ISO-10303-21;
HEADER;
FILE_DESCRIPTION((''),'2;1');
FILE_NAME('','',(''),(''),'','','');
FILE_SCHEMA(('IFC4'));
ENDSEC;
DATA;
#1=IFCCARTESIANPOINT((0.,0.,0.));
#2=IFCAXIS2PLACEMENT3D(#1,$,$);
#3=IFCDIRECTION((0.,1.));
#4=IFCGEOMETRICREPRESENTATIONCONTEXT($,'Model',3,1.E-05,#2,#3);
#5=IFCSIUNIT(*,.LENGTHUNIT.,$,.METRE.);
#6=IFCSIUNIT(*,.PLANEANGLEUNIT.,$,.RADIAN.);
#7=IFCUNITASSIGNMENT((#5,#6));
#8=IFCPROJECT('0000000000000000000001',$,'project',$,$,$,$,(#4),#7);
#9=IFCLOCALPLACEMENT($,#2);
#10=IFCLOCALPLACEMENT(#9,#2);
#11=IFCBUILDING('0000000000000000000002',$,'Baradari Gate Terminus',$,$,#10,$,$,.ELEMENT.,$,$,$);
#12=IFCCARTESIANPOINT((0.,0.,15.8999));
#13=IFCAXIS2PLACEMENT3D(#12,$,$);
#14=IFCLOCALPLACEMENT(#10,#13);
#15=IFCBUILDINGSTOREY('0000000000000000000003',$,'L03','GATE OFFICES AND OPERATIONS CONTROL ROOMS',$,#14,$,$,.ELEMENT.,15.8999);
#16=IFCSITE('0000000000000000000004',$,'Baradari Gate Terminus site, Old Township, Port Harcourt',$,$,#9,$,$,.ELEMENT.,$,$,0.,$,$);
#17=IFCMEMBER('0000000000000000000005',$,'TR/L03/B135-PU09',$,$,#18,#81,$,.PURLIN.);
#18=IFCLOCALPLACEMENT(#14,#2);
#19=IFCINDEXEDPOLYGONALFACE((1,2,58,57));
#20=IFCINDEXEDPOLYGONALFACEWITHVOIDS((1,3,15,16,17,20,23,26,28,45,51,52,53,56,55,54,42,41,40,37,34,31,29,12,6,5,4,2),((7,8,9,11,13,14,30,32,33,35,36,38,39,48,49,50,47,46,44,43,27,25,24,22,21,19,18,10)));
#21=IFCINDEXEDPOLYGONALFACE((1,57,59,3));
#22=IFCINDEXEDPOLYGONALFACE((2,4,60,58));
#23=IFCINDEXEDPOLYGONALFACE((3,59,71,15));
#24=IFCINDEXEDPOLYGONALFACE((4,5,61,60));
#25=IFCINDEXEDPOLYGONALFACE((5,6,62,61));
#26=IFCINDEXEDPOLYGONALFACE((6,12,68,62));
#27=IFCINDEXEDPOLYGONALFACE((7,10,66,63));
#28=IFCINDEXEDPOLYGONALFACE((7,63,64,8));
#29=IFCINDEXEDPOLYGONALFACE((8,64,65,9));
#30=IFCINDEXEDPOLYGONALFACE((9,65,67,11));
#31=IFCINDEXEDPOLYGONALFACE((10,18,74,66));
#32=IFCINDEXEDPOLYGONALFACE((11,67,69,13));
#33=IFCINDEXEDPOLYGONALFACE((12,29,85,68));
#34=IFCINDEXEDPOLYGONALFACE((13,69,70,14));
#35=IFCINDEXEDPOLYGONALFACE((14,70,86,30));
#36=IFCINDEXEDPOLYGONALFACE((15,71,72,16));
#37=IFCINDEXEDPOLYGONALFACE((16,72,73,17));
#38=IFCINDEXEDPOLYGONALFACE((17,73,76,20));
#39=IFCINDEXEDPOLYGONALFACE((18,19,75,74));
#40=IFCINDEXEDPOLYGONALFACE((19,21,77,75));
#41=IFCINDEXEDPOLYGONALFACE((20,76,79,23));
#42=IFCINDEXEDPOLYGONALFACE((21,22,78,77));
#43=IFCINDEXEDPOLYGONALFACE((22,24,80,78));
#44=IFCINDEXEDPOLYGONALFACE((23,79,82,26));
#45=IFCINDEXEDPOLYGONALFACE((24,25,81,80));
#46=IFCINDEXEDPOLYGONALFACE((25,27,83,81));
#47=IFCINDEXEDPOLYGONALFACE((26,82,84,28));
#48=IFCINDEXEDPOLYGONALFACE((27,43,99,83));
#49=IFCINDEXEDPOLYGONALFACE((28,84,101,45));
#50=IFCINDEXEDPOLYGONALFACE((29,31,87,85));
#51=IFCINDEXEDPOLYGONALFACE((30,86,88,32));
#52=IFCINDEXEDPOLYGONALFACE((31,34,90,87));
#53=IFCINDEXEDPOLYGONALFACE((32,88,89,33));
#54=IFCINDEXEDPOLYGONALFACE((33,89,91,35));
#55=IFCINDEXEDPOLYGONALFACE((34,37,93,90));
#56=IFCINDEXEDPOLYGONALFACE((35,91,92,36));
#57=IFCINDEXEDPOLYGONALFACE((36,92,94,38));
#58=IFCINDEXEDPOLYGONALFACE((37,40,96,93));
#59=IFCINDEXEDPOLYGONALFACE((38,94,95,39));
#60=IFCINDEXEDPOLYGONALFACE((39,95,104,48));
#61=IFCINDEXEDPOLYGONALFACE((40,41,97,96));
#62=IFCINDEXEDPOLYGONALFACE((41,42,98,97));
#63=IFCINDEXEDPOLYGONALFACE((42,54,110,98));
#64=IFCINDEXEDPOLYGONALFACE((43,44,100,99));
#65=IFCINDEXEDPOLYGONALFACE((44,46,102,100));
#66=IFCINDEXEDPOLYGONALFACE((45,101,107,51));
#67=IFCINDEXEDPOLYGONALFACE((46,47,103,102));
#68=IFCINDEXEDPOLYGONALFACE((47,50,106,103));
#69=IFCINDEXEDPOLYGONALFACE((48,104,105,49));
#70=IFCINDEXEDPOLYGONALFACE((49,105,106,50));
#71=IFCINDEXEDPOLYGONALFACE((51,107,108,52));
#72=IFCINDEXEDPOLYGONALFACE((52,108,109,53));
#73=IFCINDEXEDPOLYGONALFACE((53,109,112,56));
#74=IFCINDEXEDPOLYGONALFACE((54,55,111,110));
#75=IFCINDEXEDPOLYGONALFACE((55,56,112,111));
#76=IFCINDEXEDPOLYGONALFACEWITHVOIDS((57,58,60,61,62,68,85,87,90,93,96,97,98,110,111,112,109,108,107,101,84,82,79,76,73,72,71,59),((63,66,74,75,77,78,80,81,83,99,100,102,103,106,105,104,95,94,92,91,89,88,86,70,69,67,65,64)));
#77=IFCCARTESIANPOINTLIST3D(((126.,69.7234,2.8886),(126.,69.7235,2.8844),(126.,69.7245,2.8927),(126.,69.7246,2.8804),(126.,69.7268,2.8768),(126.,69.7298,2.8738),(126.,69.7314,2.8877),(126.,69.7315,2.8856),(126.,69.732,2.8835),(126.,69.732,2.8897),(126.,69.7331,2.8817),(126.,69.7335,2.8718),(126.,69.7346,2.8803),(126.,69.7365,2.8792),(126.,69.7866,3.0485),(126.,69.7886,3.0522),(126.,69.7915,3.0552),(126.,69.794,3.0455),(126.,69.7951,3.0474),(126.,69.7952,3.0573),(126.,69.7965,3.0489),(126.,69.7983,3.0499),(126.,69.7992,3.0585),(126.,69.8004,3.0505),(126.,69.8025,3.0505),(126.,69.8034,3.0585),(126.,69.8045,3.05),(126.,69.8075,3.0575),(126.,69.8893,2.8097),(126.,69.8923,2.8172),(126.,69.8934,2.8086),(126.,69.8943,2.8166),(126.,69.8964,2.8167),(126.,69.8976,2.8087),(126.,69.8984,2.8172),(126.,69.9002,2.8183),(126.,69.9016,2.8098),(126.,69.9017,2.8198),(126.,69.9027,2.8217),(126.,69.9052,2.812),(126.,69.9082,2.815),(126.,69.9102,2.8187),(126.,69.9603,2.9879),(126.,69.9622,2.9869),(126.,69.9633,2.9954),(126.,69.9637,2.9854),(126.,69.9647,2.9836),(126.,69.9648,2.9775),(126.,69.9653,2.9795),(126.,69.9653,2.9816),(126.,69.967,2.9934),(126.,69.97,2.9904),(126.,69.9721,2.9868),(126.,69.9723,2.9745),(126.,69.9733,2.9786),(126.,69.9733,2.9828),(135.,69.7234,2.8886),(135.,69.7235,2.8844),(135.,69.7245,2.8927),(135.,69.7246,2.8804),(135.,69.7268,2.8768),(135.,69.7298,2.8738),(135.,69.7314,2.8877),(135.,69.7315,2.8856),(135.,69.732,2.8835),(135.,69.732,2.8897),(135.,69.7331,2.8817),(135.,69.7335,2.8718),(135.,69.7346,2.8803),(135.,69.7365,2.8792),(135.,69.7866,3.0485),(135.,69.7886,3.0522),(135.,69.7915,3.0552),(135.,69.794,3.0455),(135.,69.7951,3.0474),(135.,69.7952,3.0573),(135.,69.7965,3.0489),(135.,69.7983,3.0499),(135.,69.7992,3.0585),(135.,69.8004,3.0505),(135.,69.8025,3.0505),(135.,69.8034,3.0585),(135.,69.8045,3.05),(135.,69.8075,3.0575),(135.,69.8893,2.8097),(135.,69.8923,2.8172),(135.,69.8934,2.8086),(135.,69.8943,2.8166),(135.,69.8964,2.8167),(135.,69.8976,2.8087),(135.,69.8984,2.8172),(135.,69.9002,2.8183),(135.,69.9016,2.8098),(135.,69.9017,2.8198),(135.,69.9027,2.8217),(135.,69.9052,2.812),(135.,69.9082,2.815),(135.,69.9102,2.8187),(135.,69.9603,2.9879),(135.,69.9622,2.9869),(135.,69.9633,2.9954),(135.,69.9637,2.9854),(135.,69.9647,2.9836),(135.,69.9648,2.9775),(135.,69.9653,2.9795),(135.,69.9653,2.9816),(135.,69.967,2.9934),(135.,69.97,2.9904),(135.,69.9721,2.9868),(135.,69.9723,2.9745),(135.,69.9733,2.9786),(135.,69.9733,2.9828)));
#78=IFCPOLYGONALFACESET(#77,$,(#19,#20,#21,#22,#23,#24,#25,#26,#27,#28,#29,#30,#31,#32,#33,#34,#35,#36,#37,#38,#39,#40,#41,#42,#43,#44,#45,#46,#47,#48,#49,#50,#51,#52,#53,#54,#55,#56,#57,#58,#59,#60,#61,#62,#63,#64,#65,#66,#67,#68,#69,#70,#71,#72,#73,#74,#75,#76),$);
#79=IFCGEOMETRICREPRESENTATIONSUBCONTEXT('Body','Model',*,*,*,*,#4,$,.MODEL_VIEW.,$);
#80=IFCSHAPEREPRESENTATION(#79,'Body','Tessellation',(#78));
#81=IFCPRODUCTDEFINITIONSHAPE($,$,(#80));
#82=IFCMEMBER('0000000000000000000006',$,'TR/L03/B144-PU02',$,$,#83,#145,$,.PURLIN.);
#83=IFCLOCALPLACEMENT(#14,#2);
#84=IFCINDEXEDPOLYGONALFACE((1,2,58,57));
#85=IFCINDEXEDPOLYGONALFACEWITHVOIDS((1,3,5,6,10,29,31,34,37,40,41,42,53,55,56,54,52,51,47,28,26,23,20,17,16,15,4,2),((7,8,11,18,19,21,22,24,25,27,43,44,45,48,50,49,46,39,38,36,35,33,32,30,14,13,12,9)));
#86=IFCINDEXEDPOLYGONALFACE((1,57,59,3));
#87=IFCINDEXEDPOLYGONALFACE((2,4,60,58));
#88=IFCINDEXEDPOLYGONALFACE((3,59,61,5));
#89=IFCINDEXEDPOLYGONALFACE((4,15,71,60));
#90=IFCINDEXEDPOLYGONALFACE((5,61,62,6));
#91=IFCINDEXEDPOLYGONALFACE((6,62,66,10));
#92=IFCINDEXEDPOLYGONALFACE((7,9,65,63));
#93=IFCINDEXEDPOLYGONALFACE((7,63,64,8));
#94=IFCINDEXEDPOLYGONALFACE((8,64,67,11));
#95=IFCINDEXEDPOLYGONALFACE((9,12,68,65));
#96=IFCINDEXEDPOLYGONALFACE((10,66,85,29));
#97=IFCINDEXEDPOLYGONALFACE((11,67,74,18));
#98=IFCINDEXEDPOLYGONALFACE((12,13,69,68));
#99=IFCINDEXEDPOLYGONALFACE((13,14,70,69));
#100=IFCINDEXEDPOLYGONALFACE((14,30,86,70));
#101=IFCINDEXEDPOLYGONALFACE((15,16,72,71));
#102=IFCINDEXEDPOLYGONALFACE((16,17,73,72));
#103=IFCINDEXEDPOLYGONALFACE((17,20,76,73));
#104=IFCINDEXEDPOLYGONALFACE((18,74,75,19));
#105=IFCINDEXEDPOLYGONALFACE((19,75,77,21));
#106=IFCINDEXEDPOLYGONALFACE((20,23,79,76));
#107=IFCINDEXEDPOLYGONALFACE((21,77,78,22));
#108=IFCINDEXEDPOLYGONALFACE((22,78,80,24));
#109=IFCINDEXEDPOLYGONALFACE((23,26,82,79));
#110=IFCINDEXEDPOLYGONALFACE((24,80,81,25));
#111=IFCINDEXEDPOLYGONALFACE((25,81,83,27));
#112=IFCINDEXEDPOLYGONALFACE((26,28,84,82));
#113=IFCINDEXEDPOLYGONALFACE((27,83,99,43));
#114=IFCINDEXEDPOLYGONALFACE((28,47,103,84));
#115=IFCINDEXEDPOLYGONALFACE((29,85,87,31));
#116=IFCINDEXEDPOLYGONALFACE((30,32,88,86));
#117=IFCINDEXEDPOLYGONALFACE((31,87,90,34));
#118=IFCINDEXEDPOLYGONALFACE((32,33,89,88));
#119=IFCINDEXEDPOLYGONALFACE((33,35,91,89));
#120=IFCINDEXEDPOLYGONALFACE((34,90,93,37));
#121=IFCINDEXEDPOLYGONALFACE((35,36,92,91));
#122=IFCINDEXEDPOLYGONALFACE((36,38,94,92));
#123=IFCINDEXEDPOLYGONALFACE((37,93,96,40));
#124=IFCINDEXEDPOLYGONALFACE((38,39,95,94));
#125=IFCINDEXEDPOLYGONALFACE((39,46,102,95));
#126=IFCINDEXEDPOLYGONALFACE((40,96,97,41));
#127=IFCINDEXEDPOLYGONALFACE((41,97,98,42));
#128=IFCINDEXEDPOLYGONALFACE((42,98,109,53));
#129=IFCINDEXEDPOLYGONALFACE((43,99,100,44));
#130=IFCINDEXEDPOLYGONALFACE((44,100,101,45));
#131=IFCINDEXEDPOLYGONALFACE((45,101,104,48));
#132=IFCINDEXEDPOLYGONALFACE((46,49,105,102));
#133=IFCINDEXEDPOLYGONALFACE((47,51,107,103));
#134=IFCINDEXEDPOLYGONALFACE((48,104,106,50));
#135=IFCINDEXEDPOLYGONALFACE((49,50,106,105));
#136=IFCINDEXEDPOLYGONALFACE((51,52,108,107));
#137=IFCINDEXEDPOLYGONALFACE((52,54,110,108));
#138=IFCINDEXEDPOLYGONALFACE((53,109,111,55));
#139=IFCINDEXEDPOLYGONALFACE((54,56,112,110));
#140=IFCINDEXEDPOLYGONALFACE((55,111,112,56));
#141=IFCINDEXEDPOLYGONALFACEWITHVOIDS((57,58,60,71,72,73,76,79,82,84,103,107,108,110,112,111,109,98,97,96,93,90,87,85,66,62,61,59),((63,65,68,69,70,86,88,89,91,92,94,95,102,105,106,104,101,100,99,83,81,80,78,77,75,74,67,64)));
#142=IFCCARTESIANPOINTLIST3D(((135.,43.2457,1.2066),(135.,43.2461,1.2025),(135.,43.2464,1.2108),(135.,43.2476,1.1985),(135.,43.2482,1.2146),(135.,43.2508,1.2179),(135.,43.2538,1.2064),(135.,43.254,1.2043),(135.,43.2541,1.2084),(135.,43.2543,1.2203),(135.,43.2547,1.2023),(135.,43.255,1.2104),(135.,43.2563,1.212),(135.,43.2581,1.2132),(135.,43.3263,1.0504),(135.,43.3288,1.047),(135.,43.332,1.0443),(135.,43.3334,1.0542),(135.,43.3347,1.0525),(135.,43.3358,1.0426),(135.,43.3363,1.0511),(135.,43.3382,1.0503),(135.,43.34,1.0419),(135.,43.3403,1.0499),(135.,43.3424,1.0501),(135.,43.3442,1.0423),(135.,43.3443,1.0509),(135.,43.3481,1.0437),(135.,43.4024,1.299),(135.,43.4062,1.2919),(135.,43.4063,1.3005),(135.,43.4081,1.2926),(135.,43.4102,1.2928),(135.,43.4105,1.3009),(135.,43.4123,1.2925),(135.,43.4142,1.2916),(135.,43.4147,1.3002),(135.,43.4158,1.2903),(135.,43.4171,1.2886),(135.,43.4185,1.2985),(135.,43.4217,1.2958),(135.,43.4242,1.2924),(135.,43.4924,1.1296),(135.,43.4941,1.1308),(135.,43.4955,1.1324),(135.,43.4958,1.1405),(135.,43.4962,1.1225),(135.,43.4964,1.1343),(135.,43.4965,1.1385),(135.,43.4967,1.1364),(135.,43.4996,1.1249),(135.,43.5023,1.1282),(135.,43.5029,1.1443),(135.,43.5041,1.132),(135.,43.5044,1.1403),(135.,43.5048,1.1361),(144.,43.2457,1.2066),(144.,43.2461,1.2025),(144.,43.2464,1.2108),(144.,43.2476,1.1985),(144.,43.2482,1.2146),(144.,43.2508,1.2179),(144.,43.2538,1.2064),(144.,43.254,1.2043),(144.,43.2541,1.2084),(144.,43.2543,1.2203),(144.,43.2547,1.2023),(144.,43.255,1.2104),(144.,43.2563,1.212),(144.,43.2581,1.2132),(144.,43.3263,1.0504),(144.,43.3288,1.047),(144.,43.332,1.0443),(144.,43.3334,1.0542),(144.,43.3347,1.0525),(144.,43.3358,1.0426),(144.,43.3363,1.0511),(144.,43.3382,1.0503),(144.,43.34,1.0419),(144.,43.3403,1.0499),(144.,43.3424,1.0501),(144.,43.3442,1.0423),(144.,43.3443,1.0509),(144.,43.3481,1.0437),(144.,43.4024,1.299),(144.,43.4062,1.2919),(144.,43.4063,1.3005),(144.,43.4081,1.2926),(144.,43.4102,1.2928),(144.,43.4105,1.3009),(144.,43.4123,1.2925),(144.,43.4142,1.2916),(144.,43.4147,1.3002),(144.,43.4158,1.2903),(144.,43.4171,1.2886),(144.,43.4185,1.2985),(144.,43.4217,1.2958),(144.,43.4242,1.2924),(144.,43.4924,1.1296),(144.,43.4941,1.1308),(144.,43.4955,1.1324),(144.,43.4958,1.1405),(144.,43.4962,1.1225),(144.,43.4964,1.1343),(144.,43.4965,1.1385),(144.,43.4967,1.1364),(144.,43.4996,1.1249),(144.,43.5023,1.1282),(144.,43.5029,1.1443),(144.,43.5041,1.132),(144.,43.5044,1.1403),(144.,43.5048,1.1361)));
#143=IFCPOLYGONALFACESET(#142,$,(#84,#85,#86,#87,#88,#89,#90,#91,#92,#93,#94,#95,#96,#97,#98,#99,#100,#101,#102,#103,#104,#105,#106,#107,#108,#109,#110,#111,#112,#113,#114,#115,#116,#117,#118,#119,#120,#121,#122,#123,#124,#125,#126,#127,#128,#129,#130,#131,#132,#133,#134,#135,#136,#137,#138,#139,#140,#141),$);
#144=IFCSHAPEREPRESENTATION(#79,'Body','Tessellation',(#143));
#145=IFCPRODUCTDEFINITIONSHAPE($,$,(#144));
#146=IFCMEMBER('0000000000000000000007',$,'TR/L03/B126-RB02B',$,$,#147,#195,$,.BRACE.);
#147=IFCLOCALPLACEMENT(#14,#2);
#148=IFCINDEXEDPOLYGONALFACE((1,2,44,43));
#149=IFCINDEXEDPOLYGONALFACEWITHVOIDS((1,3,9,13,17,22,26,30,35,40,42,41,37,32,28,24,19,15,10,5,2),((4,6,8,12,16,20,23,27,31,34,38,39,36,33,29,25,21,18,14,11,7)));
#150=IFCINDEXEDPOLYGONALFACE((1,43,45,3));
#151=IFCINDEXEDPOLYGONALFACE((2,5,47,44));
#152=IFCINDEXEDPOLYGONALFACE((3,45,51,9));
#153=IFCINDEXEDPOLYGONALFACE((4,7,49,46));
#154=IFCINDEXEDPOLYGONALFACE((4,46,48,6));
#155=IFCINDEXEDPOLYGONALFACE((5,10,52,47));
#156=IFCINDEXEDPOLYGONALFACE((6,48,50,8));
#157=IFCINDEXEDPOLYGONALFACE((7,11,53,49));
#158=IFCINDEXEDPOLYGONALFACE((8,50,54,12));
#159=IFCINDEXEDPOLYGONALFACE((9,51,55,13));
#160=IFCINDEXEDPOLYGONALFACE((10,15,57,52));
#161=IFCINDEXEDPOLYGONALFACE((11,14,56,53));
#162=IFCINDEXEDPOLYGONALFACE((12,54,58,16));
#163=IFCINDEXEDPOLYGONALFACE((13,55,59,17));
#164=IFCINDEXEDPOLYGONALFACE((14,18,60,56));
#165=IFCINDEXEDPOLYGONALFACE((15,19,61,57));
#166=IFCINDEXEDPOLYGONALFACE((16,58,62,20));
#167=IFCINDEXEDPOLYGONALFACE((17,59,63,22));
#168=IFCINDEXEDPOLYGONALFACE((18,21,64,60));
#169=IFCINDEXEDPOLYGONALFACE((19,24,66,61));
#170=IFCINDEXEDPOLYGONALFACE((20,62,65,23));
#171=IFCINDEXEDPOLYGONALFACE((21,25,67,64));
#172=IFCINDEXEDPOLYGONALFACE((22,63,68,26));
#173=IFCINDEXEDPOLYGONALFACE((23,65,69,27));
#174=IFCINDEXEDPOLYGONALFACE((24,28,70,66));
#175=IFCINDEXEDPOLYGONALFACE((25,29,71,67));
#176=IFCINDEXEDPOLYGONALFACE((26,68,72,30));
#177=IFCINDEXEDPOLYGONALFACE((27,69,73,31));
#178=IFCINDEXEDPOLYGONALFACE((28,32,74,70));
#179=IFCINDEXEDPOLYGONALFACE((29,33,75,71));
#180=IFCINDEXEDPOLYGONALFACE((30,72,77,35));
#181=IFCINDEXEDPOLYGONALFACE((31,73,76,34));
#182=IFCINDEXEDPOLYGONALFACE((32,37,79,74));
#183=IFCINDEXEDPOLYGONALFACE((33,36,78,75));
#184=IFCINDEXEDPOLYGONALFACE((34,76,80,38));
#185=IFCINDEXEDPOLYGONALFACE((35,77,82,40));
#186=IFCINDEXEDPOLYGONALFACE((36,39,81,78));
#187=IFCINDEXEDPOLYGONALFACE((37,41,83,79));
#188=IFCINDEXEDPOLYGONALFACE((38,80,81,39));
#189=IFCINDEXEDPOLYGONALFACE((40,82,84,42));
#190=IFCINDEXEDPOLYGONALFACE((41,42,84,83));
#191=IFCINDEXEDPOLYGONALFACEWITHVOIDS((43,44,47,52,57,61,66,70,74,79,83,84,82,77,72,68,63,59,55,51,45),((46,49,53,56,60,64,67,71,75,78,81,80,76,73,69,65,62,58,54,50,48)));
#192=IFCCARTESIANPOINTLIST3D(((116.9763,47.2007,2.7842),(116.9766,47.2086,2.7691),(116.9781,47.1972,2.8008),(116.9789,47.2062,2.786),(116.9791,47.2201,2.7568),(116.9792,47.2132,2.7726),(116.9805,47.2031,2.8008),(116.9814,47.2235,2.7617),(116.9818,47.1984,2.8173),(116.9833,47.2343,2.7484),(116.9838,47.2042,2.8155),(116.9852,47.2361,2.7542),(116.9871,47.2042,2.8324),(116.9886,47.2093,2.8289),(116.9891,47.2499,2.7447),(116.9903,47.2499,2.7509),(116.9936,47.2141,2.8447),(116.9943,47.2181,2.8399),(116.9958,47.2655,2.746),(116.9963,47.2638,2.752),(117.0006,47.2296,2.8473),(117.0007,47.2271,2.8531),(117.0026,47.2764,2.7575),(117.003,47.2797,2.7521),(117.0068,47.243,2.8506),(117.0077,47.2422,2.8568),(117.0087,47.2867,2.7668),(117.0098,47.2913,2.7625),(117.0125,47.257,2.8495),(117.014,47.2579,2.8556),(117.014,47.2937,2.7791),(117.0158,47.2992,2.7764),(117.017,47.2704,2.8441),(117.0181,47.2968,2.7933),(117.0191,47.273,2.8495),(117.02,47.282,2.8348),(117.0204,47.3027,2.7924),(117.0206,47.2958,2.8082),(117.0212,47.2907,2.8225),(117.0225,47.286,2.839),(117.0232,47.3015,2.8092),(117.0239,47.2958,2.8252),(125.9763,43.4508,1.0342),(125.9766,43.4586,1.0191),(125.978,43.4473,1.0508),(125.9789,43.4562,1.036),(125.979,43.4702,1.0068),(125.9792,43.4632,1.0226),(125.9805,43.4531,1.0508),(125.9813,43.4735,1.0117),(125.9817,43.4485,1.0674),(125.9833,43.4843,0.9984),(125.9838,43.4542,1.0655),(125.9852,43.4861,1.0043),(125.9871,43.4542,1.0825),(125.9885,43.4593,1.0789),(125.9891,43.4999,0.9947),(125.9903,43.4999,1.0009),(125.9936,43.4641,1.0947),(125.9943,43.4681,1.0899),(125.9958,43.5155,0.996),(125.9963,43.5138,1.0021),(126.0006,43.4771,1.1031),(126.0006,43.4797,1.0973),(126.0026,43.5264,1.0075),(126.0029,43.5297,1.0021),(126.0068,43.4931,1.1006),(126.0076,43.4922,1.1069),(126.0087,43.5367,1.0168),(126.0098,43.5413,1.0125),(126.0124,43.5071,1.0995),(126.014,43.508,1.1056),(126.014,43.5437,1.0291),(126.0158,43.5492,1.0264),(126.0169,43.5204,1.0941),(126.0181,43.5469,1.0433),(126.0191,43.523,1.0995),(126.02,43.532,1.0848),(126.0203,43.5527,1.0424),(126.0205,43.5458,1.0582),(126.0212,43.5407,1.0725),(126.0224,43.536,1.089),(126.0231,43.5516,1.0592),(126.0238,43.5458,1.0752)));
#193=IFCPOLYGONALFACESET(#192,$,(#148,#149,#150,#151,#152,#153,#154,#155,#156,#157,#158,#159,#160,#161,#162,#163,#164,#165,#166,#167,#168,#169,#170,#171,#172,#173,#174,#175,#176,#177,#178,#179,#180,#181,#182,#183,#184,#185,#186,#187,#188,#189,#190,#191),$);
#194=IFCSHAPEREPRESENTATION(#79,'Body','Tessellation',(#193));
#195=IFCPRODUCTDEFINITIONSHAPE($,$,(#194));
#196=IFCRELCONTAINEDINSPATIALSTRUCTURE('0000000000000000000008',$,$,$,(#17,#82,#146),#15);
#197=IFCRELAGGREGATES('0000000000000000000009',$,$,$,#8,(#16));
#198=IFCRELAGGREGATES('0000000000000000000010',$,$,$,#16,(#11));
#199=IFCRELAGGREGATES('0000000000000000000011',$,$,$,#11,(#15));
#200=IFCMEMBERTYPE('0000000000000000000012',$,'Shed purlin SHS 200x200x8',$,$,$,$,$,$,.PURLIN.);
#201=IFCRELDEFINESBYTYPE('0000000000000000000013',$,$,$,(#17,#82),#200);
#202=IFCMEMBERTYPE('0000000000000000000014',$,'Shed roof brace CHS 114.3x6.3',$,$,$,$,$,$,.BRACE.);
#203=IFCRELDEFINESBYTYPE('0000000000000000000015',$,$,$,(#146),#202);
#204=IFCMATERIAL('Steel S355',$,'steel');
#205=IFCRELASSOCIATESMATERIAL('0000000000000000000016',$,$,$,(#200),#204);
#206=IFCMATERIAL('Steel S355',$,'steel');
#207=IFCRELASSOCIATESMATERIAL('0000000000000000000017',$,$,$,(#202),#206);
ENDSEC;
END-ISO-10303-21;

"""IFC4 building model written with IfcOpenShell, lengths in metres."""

from ifc_helpers import new_model, si_unit, direction, frame, origin, origin_2d, place, context, subcontext, project, spatial, hollow_rectangle, hollow_circle, extrude, material, material_profile, profile_set, type_object, element, save


model = new_model("IFC4")

# Units and contexts
model_context = context("Model", 3, precision=1e-05, world=origin(), true_north=direction((0.0, 1.0)))
body_context = subcontext(model_context, "Body", "Model", "MODEL_VIEW")
ifc_project = project(units=[si_unit("LENGTHUNIT", "METRE"), si_unit("PLANEANGLEUNIT", "RADIAN")], contexts=[model_context])

# Site, building, storey
site_placement = place(None, origin())
site = spatial("IfcSite", under=ifc_project, at=site_placement, Name="Baradari Gate Terminus site, Old Township, Port Harcourt", CompositionType="ELEMENT", RefElevation=0.0)
building_placement = place(site_placement, origin())
building = spatial("IfcBuilding", under=site, at=building_placement, Name="Baradari Gate Terminus", CompositionType="ELEMENT")
storey_placement = place(building_placement, frame((0.0, 0.0, 15.8999)))
storey = spatial("IfcBuildingStorey", under=building, at=storey_placement, Name="L03", Description="GATE OFFICES AND OPERATIONS CONTROL ROOMS", CompositionType="ELEMENT", Elevation=15.8999)

# Members
ifc_material_1 = material(Name="Steel S355", Category="steel")
ifc_material_profile_1 = material_profile(ifc_material_1, hollow_rectangle(XDim=0.2, YDim=0.2, WallThickness=0.0081, InnerFilletRadius=0.0081, OuterFilletRadius=0.0161, at=origin_2d()), Name="SHS 200x200x8")
ifc_profile_set_1 = profile_set([ifc_material_profile_1], Name="Steel S355")
member_type_1 = type_object("IfcMemberType", Name="Shed purlin SHS 200x200x8", PredefinedType="PURLIN", material=ifc_profile_set_1)
for number, where, z_axis, x_axis, name in (
    (1, (126.0, 69.8484, 2.9336), (1.0, 0.0, 0.0), (0.0, 0.928965, -0.370167), "TR/L03/B135-PU09"),
    (2, (135.0, 43.3752, 1.1714), (1.0, 0.0, 0.0), (0.0, 0.883027, 0.469322), "TR/L03/B144-PU02"),
):
    element("IfcMember", number, at=place(storey_placement, frame(where, z_axis=z_axis, x_axis=x_axis)), inside=storey, type_object=member_type_1, Name=name, PredefinedType="PURLIN", context=body_context, shape_type="SweptSolid", body=[
        extrude(hollow_rectangle(XDim=0.2, YDim=0.2, WallThickness=0.0081, InnerFilletRadius=0.0081, OuterFilletRadius=0.0161, at=origin_2d()), origin(), (0.0, 0.0, 1.0), 9.0),
    ])
ifc_material_2 = material(Name="Steel S355", Category="steel")
ifc_material_profile_2 = material_profile(ifc_material_2, hollow_circle(Radius=0.0571, WallThickness=0.0063, at=origin_2d()), Name="CHS 114.3x6.3")
ifc_profile_set_2 = profile_set([ifc_material_profile_2], Name="Steel S355")
member_type_2 = type_object("IfcMemberType", Name="Shed roof brace CHS 114.3x6.3", PredefinedType="BRACE", material=ifc_profile_set_2)
member_placement = place(storey_placement, frame((126.0, 43.5, 1.0508), z_axis=(-0.908558, 0.378566, 0.176664), x_axis=(-0.384615, -0.923077, 0.0)))
element("IfcMember", 3, at=member_placement, inside=storey, type_object=member_type_2, Name="TR/L03/B126-RB02B", PredefinedType="BRACE", context=body_context, shape_type="SweptSolid", body=[
    extrude(hollow_circle(Radius=0.0571, WallThickness=0.0063, at=origin_2d()), origin(), (0.0, 0.0, 1.0), 9.9058),
])

save(model, "model.ifc")
